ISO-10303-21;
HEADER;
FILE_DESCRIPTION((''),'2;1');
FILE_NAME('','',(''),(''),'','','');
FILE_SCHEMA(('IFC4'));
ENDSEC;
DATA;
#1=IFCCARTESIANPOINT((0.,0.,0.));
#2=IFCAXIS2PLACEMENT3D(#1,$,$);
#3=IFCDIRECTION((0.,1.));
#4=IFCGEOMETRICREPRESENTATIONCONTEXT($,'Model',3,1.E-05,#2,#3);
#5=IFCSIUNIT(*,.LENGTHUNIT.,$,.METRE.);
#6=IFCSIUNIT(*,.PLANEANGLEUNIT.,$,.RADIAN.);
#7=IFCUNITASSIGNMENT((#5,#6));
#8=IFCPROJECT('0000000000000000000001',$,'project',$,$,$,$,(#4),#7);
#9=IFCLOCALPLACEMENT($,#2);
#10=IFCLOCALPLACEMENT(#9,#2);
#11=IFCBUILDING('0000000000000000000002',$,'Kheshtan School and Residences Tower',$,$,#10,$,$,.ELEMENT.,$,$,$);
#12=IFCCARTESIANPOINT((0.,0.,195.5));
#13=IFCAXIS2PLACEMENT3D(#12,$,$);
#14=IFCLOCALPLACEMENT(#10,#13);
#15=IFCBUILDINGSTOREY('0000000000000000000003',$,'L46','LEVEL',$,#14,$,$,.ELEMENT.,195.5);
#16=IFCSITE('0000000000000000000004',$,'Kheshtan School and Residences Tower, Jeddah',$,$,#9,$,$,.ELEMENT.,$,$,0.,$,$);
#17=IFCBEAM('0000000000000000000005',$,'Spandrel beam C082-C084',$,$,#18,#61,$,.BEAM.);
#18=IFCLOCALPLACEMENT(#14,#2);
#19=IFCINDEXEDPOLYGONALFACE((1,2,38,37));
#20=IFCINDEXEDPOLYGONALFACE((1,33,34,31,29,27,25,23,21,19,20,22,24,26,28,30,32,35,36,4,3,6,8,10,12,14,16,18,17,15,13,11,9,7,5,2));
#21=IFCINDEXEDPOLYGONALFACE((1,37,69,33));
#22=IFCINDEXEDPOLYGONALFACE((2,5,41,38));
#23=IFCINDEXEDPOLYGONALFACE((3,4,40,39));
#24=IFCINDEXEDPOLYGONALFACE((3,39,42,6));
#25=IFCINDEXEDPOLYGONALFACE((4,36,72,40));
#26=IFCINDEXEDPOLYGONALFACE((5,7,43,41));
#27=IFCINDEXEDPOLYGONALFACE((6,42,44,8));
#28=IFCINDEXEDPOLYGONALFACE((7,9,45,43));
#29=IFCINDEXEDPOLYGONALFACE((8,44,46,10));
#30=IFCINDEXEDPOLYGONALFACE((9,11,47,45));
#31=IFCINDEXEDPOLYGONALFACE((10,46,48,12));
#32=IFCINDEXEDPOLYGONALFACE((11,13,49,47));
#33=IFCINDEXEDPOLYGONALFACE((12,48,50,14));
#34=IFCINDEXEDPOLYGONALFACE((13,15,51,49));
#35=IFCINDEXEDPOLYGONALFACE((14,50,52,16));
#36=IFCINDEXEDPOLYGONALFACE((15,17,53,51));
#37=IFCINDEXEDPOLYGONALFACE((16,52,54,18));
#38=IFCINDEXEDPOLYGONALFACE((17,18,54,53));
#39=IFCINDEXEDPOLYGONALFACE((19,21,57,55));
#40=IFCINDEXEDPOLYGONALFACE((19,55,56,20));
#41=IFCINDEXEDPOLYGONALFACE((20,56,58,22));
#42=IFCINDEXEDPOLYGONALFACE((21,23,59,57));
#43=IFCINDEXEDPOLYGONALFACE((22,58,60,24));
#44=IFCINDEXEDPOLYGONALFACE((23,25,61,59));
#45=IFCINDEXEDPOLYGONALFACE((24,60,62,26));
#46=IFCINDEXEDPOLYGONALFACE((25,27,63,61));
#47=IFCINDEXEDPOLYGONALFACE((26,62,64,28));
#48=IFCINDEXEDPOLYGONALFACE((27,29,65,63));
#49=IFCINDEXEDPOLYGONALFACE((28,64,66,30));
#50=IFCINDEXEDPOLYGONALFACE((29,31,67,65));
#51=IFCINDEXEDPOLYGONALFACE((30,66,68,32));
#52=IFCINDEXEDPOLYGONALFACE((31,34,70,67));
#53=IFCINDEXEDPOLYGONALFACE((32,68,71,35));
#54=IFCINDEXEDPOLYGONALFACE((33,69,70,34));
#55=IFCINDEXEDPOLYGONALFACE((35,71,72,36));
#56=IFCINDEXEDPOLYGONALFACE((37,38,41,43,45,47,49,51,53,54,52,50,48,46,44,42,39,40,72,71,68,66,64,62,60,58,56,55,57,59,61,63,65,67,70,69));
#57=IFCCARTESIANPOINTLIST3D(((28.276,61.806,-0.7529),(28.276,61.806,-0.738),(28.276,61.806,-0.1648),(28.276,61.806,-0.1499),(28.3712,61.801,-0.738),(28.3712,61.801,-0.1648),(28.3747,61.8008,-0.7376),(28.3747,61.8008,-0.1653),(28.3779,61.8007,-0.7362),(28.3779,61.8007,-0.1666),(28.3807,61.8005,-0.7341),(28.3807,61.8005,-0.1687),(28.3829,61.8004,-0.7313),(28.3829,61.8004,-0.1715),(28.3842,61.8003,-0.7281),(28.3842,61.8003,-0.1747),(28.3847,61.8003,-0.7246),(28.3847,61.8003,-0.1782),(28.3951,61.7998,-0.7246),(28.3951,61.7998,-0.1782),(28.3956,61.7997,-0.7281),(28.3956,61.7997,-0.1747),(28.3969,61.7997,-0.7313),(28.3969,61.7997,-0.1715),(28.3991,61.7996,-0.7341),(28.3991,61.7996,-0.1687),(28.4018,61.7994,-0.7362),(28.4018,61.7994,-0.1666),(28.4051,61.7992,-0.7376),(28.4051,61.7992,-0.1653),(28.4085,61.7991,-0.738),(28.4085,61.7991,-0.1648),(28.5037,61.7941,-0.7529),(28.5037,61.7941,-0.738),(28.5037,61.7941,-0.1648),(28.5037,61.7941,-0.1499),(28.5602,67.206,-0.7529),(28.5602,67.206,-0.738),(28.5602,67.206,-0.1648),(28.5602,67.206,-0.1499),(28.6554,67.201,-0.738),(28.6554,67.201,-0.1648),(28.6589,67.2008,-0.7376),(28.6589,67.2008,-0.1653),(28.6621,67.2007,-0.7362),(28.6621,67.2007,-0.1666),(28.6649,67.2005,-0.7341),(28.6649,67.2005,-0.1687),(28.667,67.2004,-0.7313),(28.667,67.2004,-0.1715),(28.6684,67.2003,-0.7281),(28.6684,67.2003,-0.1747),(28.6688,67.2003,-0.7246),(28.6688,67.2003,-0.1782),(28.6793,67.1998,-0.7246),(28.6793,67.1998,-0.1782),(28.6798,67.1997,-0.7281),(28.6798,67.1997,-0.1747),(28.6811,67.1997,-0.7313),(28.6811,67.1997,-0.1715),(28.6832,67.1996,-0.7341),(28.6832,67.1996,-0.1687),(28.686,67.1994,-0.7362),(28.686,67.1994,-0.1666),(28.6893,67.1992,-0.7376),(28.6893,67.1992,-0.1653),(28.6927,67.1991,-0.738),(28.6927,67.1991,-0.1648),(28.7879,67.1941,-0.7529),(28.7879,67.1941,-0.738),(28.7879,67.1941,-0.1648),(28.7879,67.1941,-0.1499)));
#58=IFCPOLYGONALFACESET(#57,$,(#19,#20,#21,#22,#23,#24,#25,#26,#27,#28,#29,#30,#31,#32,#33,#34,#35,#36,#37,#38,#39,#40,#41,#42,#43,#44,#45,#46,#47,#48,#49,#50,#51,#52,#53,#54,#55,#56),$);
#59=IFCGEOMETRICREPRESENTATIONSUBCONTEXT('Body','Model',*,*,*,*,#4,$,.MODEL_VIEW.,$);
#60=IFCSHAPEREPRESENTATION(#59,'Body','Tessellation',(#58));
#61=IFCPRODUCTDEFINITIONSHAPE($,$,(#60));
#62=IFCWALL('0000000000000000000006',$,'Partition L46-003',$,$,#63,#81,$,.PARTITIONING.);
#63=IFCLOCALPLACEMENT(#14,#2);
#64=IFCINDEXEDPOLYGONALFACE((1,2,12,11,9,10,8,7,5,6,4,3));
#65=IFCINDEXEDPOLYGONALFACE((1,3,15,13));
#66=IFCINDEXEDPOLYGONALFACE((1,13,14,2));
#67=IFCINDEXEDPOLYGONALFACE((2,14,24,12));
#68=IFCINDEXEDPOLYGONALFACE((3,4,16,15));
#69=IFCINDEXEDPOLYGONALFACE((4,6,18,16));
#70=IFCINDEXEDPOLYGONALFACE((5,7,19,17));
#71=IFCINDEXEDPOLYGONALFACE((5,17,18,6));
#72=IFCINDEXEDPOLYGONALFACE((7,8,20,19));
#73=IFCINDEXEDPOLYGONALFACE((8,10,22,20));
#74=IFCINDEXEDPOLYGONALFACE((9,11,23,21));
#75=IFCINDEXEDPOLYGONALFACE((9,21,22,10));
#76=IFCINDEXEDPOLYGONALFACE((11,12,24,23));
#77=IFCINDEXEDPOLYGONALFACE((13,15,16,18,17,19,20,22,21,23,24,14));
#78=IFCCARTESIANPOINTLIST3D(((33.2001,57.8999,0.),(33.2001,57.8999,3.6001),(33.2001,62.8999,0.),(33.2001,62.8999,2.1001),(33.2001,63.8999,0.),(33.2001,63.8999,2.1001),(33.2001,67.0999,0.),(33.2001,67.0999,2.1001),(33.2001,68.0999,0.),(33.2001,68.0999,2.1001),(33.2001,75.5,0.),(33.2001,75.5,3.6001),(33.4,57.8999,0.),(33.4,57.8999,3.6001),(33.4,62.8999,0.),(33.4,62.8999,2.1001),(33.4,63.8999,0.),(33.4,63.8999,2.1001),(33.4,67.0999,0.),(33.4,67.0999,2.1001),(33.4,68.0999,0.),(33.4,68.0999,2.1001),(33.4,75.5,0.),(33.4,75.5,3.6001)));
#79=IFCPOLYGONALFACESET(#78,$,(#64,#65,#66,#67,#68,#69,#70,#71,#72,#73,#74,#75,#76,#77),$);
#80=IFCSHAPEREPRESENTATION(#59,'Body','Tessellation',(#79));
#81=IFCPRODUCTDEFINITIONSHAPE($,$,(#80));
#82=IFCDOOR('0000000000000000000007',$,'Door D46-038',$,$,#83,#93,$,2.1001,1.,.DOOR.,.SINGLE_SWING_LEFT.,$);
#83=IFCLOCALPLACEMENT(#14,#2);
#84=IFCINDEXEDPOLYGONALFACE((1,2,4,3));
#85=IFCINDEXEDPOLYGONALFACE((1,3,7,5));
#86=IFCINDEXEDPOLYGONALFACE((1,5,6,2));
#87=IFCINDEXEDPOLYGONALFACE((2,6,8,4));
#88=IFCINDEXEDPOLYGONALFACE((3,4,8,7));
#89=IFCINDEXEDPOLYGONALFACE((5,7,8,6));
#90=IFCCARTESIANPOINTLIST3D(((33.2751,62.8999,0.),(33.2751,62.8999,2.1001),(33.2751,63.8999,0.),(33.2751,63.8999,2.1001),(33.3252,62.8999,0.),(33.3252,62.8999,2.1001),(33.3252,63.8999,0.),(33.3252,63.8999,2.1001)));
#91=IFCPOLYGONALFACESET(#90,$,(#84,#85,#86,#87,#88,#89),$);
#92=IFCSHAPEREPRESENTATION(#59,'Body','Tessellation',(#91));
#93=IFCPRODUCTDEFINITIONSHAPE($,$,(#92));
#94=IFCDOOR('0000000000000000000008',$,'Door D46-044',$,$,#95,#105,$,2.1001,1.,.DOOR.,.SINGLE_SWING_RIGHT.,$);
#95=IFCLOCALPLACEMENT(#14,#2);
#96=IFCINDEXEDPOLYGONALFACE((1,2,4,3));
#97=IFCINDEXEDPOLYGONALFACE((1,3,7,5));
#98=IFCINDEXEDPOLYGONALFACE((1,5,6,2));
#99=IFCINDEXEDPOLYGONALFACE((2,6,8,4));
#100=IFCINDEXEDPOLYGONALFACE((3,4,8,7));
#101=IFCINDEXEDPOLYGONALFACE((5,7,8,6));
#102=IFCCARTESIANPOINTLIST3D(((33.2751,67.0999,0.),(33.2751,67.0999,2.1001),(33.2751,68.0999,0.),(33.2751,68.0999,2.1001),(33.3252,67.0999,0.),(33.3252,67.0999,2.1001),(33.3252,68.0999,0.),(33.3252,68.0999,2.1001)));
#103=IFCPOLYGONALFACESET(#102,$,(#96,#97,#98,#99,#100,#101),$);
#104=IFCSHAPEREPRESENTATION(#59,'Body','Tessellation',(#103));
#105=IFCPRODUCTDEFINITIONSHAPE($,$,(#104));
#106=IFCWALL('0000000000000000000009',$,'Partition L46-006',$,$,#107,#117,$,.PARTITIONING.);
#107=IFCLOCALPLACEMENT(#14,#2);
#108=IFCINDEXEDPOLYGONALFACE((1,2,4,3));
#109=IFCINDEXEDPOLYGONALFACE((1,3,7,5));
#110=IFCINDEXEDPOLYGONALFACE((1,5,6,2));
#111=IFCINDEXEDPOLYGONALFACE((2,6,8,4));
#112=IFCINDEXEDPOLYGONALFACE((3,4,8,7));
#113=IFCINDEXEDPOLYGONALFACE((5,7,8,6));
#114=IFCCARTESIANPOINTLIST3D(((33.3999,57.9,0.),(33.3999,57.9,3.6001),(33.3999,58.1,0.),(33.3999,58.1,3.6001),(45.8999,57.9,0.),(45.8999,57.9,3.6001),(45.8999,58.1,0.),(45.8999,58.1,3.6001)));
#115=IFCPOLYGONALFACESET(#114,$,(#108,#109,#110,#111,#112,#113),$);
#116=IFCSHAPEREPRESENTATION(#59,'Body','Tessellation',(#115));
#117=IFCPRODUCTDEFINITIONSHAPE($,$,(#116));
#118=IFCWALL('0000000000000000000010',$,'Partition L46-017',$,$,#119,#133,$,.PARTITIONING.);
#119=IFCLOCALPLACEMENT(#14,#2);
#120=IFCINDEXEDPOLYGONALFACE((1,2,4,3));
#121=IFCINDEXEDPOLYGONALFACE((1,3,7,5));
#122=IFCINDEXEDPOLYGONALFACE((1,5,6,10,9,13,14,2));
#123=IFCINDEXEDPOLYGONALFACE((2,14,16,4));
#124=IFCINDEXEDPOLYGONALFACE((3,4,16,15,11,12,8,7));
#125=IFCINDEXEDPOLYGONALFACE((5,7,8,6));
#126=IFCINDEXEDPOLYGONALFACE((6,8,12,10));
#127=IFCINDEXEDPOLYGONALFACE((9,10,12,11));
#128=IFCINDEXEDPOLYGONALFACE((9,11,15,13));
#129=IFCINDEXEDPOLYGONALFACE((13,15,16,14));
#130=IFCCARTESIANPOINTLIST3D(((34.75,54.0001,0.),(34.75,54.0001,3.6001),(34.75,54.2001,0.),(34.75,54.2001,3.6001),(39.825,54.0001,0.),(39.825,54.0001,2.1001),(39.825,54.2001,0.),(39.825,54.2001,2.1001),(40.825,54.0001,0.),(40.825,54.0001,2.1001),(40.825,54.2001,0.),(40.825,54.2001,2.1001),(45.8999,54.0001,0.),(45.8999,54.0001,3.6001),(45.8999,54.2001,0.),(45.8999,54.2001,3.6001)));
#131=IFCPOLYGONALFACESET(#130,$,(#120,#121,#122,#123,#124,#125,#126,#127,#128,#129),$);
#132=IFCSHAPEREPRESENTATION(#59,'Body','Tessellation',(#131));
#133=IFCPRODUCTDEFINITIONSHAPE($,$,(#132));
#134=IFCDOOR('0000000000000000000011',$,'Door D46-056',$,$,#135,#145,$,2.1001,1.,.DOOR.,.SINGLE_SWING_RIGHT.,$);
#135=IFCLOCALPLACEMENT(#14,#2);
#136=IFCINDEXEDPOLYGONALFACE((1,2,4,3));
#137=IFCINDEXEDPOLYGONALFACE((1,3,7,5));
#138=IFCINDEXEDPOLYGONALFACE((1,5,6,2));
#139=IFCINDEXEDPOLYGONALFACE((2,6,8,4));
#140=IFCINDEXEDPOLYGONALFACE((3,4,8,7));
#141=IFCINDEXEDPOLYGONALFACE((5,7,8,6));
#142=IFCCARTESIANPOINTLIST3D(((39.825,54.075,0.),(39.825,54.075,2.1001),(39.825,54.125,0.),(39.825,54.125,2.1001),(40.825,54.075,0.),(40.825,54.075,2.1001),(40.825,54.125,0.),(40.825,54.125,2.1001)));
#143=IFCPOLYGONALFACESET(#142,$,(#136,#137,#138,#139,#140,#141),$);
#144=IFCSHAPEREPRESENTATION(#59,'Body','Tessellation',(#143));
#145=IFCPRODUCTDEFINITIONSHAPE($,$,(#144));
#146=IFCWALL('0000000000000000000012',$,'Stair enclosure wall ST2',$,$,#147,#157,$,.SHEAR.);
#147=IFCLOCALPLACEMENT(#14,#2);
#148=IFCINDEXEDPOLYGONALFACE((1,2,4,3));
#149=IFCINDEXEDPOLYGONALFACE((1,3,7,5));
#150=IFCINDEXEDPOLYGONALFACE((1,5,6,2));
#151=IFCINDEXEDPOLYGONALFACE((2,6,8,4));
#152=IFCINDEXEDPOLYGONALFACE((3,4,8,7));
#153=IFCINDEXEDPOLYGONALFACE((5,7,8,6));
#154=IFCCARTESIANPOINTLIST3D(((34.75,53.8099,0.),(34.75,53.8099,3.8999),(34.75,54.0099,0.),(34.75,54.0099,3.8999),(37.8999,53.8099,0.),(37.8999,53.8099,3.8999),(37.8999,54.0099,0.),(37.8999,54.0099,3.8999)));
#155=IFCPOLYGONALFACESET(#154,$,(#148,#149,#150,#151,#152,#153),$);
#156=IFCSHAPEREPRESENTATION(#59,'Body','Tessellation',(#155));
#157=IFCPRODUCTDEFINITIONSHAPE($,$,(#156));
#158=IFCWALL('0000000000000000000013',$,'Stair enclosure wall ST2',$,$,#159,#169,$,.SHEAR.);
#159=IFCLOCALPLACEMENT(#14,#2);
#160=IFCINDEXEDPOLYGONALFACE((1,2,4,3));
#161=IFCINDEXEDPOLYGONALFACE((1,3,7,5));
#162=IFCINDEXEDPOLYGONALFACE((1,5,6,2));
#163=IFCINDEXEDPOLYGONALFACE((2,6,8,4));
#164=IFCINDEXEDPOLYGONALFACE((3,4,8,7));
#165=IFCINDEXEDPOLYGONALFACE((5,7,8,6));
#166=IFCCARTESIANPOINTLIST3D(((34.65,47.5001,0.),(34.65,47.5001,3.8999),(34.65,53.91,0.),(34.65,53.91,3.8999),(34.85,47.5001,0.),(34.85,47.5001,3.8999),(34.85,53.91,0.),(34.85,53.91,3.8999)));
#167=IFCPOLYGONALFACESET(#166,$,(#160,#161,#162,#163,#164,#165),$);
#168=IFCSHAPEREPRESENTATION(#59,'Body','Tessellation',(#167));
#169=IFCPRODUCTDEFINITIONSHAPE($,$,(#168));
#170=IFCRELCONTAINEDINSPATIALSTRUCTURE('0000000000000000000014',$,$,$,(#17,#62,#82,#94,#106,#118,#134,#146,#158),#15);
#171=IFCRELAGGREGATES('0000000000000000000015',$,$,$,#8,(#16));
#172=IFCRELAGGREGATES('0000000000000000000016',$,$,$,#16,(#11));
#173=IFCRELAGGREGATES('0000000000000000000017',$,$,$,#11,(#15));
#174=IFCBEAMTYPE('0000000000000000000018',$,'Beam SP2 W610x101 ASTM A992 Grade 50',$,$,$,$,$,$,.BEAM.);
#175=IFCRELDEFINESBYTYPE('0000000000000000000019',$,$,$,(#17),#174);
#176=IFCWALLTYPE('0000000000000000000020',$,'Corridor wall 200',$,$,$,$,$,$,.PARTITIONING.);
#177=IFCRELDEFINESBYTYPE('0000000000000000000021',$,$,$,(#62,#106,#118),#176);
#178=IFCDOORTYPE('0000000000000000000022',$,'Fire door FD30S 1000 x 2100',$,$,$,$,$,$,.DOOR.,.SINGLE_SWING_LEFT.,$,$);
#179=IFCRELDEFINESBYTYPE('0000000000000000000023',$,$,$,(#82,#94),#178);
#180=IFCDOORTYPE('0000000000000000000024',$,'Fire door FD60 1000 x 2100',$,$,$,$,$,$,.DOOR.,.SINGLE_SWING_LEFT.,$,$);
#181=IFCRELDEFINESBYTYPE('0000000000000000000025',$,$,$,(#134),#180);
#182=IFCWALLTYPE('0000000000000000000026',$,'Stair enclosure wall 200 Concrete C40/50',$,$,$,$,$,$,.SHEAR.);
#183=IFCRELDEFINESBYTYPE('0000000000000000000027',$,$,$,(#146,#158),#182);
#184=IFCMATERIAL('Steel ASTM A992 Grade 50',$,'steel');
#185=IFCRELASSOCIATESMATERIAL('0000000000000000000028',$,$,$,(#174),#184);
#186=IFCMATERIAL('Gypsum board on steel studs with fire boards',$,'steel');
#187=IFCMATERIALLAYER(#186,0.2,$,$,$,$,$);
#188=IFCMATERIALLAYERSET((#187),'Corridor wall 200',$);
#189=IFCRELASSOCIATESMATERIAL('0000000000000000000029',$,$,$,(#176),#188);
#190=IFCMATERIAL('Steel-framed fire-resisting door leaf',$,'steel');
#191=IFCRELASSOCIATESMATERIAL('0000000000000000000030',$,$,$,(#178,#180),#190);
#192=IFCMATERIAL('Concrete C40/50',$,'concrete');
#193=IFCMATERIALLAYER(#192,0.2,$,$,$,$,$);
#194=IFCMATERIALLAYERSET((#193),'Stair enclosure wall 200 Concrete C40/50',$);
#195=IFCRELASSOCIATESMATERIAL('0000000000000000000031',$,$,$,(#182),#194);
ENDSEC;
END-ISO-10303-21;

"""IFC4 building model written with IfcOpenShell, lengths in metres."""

from ifc_helpers import new_model, si_unit, direction, frame, frame_2d, origin, origin_2d, place, context, subcontext, project, spatial, rectangle, i_section, extrude, source, transform, mapped, material, layer, layer_set, material_profile, profile_set, type_object, element, fill, save


model = new_model("IFC4")

# Units and contexts
model_context = context("Model", 3, precision=1e-05, world=origin(), true_north=direction((0.0, 1.0)))
body_context = subcontext(model_context, "Body", "Model", "MODEL_VIEW")
ifc_project = project(units=[si_unit("LENGTHUNIT", "METRE"), si_unit("PLANEANGLEUNIT", "RADIAN")], contexts=[model_context])

# Site, building, storey
site_placement = place(None, origin())
site = spatial("IfcSite", under=ifc_project, at=site_placement, Name="Kheshtan School and Residences Tower, Jeddah", CompositionType="ELEMENT", RefElevation=0.0)
building_placement = place(site_placement, origin())
building = spatial("IfcBuilding", under=site, at=building_placement, Name="Kheshtan School and Residences Tower", CompositionType="ELEMENT")
storey_placement = place(building_placement, frame((0.0, 0.0, 195.5)))
storey = spatial("IfcBuildingStorey", under=building, at=storey_placement, Name="L46", Description="LEVEL", CompositionType="ELEMENT", Elevation=195.5)

# Shared definitions
ifc_material_1 = material(Name="Steel ASTM A992 Grade 50", Category="steel")

# Beam
ifc_material_profile_1 = material_profile(ifc_material_1, i_section(OverallWidth=0.228, OverallDepth=0.603, WebThickness=0.0105, FlangeThickness=0.0149, FilletRadius=0.0134, at=origin_2d()), Name="W610x101")
ifc_profile_set_1 = profile_set([ifc_material_profile_1], Name="Steel ASTM A992 Grade 50")
beam_type_1 = type_object("IfcBeamType", Name="Beam SP2 W610x101 ASTM A992 Grade 50", PredefinedType="BEAM", material=ifc_profile_set_1)
beam_1_placement = place(storey_placement, frame((28.3899, 61.8, -0.4514), z_axis=(0.052554, 0.998618, 0.0), x_axis=(-0.998618, 0.052554, 0.0)))
element("IfcBeam", 1, at=beam_1_placement, inside=storey, type_object=beam_type_1, Name="Spandrel beam C082-C084", PredefinedType="BEAM", context=body_context, shape_type="SweptSolid", body=[
    extrude(i_section(OverallWidth=0.228, OverallDepth=0.603, WebThickness=0.0105, FlangeThickness=0.0149, FilletRadius=0.0134, at=origin_2d()), origin(), (0.0, 0.0, 1.0), 5.4075),
])

# Wall, openings, doors
ifc_material_2 = material(Name="Gypsum board on steel studs with fire boards", Category="steel")
ifc_layer_1 = layer(ifc_material_2, 0.2)
ifc_layer_set_1 = layer_set([ifc_layer_1], Name="Corridor wall 200")
wall_type_1 = type_object("IfcWallType", Name="Corridor wall 200", PredefinedType="PARTITIONING", material=ifc_layer_set_1)
wall_1_placement = place(storey_placement, frame((33.3, 57.8999, 0.0), z_axis=(0.0, 0.0, 1.0), x_axis=(0.0, 1.0, 0.0)))
wall_1 = element("IfcWall", 2, at=wall_1_placement, inside=storey, type_object=wall_type_1, Name="Partition L46-003", PredefinedType="PARTITIONING", context=body_context, shape_type="SweptSolid", body=[
    extrude(rectangle(XDim=17.6001, YDim=0.2, at=frame_2d((8.8, 0.0))), origin(), (0.0, 0.0, 1.0), 3.6001),
])
opening_1_placement = place(wall_1_placement, frame((5.0, 0.0, 0.0)))
opening_1 = element("IfcOpeningElement", 3, at=opening_1_placement, cuts=wall_1, PredefinedType="OPENING", context=body_context, shape_type="SweptSolid", body=[
    extrude(rectangle(XDim=1.0, YDim=2.1001, at=frame_2d((0.5, 1.05))), frame((0.0, 0.1099, 0.0), z_axis=(0.0, -1.0, 0.0), x_axis=(1.0, 0.0, 0.0)), (0.0, 0.0, 1.0), 0.22),
])
opening_2_placement = place(wall_1_placement, frame((9.2, 0.0, 0.0)))
opening_2 = element("IfcOpeningElement", 4, at=opening_2_placement, cuts=wall_1, PredefinedType="OPENING", context=body_context, shape_type="SweptSolid", body=[
    extrude(rectangle(XDim=1.0, YDim=2.1001, at=frame_2d((0.5, 1.05))), frame((0.0, 0.1099, 0.0), z_axis=(0.0, -1.0, 0.0), x_axis=(1.0, 0.0, 0.0)), (0.0, 0.0, 1.0), 0.22),
])
ifc_material_3 = material(Name="Steel-framed fire-resisting door leaf", Category="steel")
door_type_1 = type_object("IfcDoorType", Name="Fire door FD30S 1000 x 2100", OperationType="SINGLE_SWING_LEFT", PredefinedType="DOOR", material=ifc_material_3)
shared_shape_1 = source(origin(), body_context, "Body", "SweptSolid", [
    extrude(rectangle(XDim=1.0, YDim=2.1001, at=frame_2d((0.5, 1.05))), frame((0.0, 0.0249, 0.0), z_axis=(0.0, -1.0, 0.0), x_axis=(1.0, 0.0, 0.0)), (0.0, 0.0, 1.0), 0.05),
])
door_1_placement = place(opening_1_placement, origin())
door_1 = element("IfcDoor", 5, at=door_1_placement, inside=storey, type_object=door_type_1, Name="Door D46-038", OperationType="SINGLE_SWING_LEFT", OverallHeight=2.1001, OverallWidth=1.0, PredefinedType="DOOR", context=body_context, shape_type="MappedRepresentation", body=[
    mapped(shared_shape_1, transform((0.0, 0.0, 0.0), x_axis=(1.0, 0.0, 0.0), y_axis=(0.0, 1.0, 0.0), z_axis=(0.0, 0.0, 1.0), scale=1.0)),
])
fill(opening_1, door_1)
door_2_placement = place(opening_2_placement, origin())
door_2 = element("IfcDoor", 6, at=door_2_placement, inside=storey, type_object=door_type_1, Name="Door D46-044", OperationType="SINGLE_SWING_RIGHT", OverallHeight=2.1001, OverallWidth=1.0, PredefinedType="DOOR", context=body_context, shape_type="MappedRepresentation", body=[
    mapped(shared_shape_1, transform((0.0, 0.0, 0.0), x_axis=(1.0, 0.0, 0.0), y_axis=(0.0, 1.0, 0.0), z_axis=(0.0, 0.0, 1.0), scale=1.0)),
])
fill(opening_2, door_2)

# Wall
wall_2_placement = place(storey_placement, frame((33.3999, 58.0, 0.0), z_axis=(0.0, 0.0, 1.0), x_axis=(1.0, 0.0, 0.0)))
element("IfcWall", 7, at=wall_2_placement, inside=storey, type_object=wall_type_1, Name="Partition L46-006", PredefinedType="PARTITIONING", context=body_context, shape_type="SweptSolid", body=[
    extrude(rectangle(XDim=12.5, YDim=0.2, at=frame_2d((6.25, 0.0))), origin(), (0.0, 0.0, 1.0), 3.6001),
])

# Wall, opening, door
wall_3_placement = place(storey_placement, frame((34.75, 54.1001, 0.0), z_axis=(0.0, 0.0, 1.0), x_axis=(1.0, 0.0, 0.0)))
wall_3 = element("IfcWall", 8, at=wall_3_placement, inside=storey, type_object=wall_type_1, Name="Partition L46-017", PredefinedType="PARTITIONING", context=body_context, shape_type="SweptSolid", body=[
    extrude(rectangle(XDim=11.1499, YDim=0.2, at=frame_2d((5.575, 0.0))), origin(), (0.0, 0.0, 1.0), 3.6001),
])
opening_3_placement = place(wall_3_placement, frame((5.075, 0.0, 0.0)))
opening_3 = element("IfcOpeningElement", 9, at=opening_3_placement, cuts=wall_3, PredefinedType="OPENING", context=body_context, shape_type="SweptSolid", body=[
    extrude(rectangle(XDim=1.0, YDim=2.1001, at=frame_2d((0.5, 1.05))), frame((0.0, 0.1099, 0.0), z_axis=(0.0, -1.0, 0.0), x_axis=(1.0, 0.0, 0.0)), (0.0, 0.0, 1.0), 0.22),
])
door_type_2 = type_object("IfcDoorType", Name="Fire door FD60 1000 x 2100", OperationType="SINGLE_SWING_LEFT", PredefinedType="DOOR", material=ifc_material_3)
shared_shape_2 = source(origin(), body_context, "Body", "SweptSolid", [
    extrude(rectangle(XDim=1.0, YDim=2.1001, at=frame_2d((0.5, 1.05))), frame((0.0, 0.0249, 0.0), z_axis=(0.0, -1.0, 0.0), x_axis=(1.0, 0.0, 0.0)), (0.0, 0.0, 1.0), 0.05),
])
door_3_placement = place(opening_3_placement, origin())
door_3 = element("IfcDoor", 10, at=door_3_placement, inside=storey, type_object=door_type_2, Name="Door D46-056", OperationType="SINGLE_SWING_RIGHT", OverallHeight=2.1001, OverallWidth=1.0, PredefinedType="DOOR", context=body_context, shape_type="MappedRepresentation", body=[
    mapped(shared_shape_2, transform((0.0, 0.0, 0.0), x_axis=(1.0, 0.0, 0.0), y_axis=(0.0, 1.0, 0.0), z_axis=(0.0, 0.0, 1.0), scale=1.0)),
])
fill(opening_3, door_3)

# Walls
ifc_material_4 = material(Name="Concrete C40/50", Category="concrete")
ifc_layer_2 = layer(ifc_material_4, 0.2)
ifc_layer_set_2 = layer_set([ifc_layer_2], Name="Stair enclosure wall 200 Concrete C40/50")
wall_type_2 = type_object("IfcWallType", Name="Stair enclosure wall 200 Concrete C40/50", PredefinedType="SHEAR", material=ifc_layer_set_2)
wall_4_placement = place(storey_placement, frame((34.75, 53.9099, 0.0), z_axis=(0.0, 0.0, 1.0), x_axis=(1.0, 0.0, 0.0)))
element("IfcWall", 11, at=wall_4_placement, inside=storey, type_object=wall_type_2, Name="Stair enclosure wall ST2", PredefinedType="SHEAR", context=body_context, shape_type="SweptSolid", body=[
    extrude(rectangle(XDim=3.1499, YDim=0.2, at=frame_2d((1.575, 0.0))), origin(), (0.0, 0.0, 1.0), 3.8999),
])
wall_5_placement = place(storey_placement, frame((34.75, 47.5, 0.0), z_axis=(0.0, 0.0, 1.0), x_axis=(0.0, 1.0, 0.0)))
element("IfcWall", 12, at=wall_5_placement, inside=storey, type_object=wall_type_2, Name="Stair enclosure wall ST2", PredefinedType="SHEAR", context=body_context, shape_type="SweptSolid", body=[
    extrude(rectangle(XDim=6.4099, YDim=0.2, at=frame_2d((3.2051, 0.0))), origin(), (0.0, 0.0, 1.0), 3.8999),
])

save(model, "model.ifc")
